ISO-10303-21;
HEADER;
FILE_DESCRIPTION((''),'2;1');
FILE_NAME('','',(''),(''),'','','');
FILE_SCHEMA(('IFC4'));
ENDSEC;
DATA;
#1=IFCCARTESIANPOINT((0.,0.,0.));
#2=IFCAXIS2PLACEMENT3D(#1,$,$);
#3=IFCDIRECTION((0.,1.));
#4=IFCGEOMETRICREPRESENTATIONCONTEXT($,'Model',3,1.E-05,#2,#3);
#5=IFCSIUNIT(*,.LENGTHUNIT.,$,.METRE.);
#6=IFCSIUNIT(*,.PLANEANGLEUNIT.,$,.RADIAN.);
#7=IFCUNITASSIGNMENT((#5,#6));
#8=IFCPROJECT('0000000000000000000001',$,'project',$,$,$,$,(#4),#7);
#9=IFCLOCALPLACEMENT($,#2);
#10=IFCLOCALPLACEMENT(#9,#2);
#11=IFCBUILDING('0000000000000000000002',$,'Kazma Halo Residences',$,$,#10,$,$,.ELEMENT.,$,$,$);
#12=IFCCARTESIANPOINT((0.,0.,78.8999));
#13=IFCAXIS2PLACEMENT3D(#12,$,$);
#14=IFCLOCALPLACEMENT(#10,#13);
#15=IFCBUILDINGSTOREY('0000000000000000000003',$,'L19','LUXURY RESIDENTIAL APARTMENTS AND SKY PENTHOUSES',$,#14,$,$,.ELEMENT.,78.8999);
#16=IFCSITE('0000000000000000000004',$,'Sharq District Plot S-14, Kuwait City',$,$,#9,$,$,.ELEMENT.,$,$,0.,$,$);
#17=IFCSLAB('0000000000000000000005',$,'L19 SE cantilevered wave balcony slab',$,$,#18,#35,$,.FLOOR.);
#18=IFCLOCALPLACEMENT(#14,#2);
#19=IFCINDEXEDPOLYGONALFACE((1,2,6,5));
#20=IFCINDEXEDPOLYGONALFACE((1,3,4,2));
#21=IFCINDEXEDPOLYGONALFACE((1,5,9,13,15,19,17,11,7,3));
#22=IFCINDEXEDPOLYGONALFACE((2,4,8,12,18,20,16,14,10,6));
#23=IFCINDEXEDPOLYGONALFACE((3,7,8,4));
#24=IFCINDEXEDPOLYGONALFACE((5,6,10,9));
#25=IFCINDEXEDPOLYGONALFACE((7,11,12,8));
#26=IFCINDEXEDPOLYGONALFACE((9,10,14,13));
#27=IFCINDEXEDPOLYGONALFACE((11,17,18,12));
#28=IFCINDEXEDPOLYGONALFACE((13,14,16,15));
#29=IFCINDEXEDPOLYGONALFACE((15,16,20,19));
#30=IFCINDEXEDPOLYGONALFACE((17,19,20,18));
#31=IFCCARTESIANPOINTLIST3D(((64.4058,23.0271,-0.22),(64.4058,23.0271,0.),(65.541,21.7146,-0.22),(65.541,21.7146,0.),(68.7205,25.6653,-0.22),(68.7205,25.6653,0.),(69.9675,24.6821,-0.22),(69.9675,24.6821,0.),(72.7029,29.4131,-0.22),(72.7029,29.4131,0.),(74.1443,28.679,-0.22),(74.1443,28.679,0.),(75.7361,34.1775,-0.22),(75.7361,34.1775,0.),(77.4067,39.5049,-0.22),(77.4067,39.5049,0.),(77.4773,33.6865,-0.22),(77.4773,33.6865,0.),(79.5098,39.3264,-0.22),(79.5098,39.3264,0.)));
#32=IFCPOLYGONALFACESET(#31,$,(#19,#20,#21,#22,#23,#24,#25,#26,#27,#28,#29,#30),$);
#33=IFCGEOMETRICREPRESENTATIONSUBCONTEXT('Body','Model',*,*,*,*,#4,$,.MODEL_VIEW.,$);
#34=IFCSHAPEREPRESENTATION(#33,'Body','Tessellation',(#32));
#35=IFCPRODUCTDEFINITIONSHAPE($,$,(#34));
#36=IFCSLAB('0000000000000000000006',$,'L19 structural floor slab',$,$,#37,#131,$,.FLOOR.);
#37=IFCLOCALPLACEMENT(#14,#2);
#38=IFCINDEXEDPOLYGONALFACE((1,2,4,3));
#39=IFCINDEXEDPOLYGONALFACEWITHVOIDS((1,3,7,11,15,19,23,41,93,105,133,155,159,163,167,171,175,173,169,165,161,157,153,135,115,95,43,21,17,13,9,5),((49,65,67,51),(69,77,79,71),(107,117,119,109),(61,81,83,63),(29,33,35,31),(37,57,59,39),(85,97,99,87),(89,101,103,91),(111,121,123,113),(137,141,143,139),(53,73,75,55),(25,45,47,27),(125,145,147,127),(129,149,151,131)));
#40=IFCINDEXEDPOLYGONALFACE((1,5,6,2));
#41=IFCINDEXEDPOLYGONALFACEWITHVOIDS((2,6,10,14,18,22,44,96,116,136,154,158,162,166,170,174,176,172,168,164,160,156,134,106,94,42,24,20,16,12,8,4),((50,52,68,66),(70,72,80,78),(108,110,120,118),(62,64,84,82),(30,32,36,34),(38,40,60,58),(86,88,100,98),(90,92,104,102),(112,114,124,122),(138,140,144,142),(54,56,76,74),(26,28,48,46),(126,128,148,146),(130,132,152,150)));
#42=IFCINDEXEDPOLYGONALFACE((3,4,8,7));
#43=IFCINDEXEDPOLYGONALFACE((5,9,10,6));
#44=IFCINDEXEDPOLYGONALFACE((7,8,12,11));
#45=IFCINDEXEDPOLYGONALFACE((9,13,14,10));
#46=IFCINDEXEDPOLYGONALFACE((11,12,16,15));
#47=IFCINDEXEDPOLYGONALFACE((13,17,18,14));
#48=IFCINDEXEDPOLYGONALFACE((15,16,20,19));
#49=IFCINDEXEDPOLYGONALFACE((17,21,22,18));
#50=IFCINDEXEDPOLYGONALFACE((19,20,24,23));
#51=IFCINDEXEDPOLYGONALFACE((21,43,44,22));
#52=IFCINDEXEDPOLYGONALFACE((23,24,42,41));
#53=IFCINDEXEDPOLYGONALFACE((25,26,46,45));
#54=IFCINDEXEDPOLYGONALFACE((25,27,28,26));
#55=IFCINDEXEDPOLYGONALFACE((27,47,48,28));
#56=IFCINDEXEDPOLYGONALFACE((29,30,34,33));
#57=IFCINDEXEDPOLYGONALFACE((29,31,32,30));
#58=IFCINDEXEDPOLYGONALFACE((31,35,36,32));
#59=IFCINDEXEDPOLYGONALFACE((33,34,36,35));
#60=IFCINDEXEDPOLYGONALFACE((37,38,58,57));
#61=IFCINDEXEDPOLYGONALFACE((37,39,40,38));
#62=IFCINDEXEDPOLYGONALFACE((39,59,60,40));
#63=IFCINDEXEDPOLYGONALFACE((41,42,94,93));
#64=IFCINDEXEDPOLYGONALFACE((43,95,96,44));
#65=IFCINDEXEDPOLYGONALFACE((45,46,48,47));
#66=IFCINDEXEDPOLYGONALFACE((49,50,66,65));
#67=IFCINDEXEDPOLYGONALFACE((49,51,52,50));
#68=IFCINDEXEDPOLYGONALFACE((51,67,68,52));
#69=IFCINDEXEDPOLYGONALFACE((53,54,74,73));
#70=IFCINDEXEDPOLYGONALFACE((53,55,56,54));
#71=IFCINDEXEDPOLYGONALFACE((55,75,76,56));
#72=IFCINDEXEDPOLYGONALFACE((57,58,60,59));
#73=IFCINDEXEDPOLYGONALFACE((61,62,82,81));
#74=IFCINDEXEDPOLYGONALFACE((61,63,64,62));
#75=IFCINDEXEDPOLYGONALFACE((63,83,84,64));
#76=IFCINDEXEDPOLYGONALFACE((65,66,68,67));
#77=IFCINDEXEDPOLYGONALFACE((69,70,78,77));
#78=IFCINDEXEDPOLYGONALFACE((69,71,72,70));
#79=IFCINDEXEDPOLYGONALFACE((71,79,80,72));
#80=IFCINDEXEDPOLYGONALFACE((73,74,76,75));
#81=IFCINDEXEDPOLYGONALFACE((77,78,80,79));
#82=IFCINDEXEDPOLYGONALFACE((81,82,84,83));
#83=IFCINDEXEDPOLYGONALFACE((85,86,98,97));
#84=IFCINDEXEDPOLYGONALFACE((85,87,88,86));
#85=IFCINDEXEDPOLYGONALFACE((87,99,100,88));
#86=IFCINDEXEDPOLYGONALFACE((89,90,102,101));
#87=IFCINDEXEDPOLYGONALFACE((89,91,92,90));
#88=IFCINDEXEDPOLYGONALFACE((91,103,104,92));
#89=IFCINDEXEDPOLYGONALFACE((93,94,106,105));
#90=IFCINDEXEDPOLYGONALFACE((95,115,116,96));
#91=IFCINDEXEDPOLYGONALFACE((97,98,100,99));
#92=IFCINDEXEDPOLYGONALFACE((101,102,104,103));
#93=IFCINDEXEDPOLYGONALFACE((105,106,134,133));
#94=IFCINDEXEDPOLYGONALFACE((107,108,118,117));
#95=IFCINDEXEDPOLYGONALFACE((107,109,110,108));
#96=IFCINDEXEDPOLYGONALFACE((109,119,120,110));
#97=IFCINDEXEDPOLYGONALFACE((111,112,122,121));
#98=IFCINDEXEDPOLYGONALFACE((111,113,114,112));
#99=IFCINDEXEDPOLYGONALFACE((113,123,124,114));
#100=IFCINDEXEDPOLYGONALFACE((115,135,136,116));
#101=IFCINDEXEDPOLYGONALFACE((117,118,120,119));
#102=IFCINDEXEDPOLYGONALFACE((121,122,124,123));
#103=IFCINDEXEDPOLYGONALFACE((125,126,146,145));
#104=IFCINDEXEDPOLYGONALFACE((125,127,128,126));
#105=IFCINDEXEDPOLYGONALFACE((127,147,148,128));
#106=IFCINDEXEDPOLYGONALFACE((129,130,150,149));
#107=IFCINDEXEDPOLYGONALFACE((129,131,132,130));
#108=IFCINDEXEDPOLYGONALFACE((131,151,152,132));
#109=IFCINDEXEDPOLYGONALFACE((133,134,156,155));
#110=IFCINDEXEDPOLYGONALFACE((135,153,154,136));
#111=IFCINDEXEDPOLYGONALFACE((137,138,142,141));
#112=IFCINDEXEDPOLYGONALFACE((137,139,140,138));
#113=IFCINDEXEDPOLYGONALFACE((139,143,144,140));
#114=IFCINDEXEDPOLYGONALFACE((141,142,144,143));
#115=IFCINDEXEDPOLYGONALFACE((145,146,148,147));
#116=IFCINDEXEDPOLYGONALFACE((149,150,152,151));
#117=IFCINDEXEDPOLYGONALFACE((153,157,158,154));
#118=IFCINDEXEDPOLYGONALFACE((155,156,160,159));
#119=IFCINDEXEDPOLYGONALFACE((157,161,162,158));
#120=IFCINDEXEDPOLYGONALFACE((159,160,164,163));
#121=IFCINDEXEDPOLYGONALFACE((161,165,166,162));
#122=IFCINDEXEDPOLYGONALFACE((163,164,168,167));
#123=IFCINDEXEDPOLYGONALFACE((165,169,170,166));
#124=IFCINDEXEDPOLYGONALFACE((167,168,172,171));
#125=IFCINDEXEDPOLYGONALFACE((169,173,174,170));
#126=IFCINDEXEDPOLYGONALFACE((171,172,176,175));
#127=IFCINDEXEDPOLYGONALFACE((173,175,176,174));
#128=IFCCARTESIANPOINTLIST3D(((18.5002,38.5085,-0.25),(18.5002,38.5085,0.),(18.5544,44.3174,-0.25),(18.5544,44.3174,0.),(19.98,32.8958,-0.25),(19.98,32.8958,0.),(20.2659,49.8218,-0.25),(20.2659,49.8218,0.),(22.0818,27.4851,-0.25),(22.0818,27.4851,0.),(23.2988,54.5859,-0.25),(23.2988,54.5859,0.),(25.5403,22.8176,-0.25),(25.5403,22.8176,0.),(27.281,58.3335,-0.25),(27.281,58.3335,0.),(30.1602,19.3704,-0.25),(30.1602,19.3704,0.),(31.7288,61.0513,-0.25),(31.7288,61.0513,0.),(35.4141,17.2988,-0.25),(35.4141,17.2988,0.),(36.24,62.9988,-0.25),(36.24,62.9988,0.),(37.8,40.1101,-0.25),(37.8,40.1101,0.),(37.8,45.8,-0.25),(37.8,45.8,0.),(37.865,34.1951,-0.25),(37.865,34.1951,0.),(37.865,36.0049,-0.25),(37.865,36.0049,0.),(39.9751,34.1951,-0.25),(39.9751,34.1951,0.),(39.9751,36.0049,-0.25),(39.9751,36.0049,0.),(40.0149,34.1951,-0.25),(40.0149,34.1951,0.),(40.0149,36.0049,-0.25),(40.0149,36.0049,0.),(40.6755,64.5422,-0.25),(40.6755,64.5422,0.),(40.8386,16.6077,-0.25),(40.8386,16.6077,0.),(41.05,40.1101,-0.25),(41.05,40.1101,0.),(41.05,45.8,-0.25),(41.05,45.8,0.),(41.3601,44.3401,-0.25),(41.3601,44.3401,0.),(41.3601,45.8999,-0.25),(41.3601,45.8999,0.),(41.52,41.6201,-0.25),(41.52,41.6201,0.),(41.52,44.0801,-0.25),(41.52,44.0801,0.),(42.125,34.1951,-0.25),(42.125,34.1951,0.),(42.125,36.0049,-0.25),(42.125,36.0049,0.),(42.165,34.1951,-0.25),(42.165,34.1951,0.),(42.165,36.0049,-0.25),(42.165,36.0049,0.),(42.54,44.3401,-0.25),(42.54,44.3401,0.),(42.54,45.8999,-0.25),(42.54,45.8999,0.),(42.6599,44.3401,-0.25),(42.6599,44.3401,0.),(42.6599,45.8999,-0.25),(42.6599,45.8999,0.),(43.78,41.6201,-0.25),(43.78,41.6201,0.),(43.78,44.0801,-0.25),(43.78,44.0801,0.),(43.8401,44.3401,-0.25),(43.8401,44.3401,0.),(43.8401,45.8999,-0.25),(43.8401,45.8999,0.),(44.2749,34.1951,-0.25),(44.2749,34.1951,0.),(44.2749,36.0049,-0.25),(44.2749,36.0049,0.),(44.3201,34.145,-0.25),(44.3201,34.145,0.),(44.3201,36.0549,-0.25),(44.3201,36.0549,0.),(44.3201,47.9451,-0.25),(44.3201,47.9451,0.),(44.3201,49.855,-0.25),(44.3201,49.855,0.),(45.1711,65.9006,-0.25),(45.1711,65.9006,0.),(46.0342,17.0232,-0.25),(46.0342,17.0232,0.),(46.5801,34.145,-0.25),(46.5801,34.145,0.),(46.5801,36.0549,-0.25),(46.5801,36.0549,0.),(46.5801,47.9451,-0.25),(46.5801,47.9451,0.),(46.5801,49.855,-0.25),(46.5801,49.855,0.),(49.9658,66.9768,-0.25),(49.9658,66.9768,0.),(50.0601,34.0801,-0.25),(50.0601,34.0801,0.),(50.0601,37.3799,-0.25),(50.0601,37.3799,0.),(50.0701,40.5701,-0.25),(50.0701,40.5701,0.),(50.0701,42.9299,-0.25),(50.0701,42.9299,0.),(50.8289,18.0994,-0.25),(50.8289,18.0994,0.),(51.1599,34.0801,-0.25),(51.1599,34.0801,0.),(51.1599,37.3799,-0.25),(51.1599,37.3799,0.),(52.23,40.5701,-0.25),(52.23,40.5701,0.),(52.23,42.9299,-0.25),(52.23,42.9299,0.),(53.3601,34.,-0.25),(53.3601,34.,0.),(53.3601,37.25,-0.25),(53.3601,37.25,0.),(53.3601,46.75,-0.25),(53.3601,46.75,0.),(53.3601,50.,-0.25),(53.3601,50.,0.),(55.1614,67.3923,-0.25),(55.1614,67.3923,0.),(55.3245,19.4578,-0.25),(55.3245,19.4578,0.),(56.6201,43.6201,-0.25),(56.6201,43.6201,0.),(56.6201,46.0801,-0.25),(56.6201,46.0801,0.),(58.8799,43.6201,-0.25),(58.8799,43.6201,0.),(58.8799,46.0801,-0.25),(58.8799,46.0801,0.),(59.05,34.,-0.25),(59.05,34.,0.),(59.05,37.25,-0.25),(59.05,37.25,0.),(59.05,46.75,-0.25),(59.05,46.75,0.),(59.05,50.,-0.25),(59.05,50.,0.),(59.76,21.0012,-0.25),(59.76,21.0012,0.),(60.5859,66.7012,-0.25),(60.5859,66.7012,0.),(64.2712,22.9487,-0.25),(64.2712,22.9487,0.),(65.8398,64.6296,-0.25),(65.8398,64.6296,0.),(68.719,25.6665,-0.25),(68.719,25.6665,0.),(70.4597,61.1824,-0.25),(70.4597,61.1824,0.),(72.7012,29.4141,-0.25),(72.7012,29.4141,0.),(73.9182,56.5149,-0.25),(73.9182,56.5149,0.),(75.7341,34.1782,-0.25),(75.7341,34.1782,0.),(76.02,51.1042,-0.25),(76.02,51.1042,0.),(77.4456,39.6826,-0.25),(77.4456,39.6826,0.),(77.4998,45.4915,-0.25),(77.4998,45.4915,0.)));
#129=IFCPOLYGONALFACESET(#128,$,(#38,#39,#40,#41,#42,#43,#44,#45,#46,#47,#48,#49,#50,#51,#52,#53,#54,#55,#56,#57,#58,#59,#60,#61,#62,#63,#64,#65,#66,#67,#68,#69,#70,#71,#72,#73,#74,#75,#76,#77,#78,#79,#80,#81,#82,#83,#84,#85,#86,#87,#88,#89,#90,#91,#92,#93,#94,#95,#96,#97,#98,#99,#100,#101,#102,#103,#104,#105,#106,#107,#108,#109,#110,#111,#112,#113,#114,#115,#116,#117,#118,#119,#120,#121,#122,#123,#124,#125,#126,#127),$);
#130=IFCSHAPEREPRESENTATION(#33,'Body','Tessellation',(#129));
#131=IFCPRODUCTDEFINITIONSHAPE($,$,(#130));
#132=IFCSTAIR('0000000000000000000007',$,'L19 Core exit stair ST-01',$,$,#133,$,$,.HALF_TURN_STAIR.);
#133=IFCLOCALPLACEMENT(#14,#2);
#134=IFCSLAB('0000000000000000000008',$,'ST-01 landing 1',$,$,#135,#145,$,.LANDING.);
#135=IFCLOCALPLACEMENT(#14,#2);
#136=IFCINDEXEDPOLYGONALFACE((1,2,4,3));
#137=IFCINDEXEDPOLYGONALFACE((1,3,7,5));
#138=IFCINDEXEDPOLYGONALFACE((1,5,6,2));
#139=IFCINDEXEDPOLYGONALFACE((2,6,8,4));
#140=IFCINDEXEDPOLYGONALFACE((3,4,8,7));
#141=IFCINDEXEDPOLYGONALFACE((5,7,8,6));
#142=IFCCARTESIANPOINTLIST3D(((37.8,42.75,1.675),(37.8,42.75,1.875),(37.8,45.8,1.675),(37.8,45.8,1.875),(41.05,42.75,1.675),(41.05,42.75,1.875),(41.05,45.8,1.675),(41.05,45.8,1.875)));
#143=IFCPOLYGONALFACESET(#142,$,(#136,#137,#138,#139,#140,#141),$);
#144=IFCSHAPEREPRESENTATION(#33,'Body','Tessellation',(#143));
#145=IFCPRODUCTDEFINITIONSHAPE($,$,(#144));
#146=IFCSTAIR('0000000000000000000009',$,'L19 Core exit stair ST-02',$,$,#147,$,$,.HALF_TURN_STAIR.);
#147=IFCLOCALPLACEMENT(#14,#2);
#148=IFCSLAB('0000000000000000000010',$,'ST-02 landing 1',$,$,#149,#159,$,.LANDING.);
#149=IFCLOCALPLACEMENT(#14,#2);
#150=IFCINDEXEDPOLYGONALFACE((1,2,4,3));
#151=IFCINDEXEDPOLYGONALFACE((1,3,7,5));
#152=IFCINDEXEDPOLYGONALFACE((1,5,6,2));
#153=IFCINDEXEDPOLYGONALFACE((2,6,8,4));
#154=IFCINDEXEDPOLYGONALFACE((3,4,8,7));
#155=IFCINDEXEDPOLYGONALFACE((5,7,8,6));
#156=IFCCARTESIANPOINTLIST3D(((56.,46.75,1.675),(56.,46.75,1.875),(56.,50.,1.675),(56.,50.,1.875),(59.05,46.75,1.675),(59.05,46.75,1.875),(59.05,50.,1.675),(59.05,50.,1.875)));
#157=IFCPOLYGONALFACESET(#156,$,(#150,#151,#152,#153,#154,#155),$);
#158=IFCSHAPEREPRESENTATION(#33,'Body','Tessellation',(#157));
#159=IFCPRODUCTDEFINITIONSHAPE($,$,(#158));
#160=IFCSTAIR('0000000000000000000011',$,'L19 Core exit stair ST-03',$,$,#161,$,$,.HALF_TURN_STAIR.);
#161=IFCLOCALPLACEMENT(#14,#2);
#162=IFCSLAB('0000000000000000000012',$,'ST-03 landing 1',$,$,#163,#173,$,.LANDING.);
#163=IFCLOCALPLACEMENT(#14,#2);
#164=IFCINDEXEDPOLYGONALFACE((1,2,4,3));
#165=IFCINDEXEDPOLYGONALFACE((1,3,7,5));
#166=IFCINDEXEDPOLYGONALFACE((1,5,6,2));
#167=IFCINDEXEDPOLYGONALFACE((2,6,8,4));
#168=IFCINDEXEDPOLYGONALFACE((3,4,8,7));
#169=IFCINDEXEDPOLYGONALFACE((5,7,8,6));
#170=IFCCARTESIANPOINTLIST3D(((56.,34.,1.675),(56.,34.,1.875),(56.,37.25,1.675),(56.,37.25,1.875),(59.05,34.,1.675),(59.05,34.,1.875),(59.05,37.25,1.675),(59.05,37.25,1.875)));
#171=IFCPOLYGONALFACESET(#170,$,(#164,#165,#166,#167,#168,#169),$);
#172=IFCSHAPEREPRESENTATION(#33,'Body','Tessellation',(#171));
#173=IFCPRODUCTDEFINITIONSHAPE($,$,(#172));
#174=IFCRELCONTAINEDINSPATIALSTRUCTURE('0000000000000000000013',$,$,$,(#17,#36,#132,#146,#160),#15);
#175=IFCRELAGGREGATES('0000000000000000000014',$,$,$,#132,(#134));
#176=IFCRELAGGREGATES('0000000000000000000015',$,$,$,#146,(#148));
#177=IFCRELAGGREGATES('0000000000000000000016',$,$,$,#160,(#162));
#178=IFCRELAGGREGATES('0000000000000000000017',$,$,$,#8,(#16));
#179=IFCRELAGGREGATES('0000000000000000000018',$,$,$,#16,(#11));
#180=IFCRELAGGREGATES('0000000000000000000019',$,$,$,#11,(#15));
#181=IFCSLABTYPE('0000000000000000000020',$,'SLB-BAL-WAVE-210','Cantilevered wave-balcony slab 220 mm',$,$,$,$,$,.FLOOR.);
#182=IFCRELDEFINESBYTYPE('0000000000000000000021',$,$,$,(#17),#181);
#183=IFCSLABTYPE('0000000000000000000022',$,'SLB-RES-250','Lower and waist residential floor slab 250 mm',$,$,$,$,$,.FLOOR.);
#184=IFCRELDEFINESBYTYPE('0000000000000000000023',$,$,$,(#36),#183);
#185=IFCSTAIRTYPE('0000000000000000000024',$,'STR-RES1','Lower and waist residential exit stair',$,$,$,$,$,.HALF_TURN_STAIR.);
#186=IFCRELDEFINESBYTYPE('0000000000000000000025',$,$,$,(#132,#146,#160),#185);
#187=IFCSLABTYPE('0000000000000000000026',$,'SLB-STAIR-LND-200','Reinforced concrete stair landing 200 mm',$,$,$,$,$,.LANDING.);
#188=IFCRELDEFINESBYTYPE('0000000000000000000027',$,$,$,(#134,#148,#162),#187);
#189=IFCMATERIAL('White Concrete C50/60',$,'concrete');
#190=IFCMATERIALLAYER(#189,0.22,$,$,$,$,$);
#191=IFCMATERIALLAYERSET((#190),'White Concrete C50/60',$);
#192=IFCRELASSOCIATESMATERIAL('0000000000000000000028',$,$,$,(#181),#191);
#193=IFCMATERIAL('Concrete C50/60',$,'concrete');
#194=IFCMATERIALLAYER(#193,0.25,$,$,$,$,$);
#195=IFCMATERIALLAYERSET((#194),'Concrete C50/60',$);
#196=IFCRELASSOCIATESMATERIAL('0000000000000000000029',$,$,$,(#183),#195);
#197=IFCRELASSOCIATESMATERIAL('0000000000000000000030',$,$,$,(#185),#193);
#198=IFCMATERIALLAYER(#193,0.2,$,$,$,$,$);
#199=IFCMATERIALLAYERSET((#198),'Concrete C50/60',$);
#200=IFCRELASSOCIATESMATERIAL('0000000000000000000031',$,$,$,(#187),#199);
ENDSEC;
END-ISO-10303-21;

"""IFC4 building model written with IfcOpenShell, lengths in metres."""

from ifc_helpers import new_model, si_unit, direction, frame, origin, place, context, subcontext, project, spatial, polyline, outline, extrude, material, layer, layer_set, type_object, element, aggregate, save


model = new_model("IFC4")

# Units and contexts
model_context = context("Model", 3, precision=1e-05, world=origin(), true_north=direction((0.0, 1.0)))
body_context = subcontext(model_context, "Body", "Model", "MODEL_VIEW")
ifc_project = project(units=[si_unit("LENGTHUNIT", "METRE"), si_unit("PLANEANGLEUNIT", "RADIAN")], contexts=[model_context])

# Site, building, storey
site_placement = place(None, origin())
site = spatial("IfcSite", under=ifc_project, at=site_placement, Name="Sharq District Plot S-14, Kuwait City", CompositionType="ELEMENT", RefElevation=0.0)
building_placement = place(site_placement, origin())
building = spatial("IfcBuilding", under=site, at=building_placement, Name="Kazma Halo Residences", CompositionType="ELEMENT")
storey_placement = place(building_placement, frame((0.0, 0.0, 78.8999)))
storey = spatial("IfcBuildingStorey", under=building, at=storey_placement, Name="L19", Description="LUXURY RESIDENTIAL APARTMENTS AND SKY PENTHOUSES", CompositionType="ELEMENT", Elevation=78.8999)

# Slabs
ifc_material_1 = material(Name="White Concrete C50/60", Category="concrete")
ifc_layer_1 = layer(ifc_material_1, 0.22)
ifc_layer_set_1 = layer_set([ifc_layer_1], Name="White Concrete C50/60")
slab_type_1 = type_object("IfcSlabType", Name="SLB-BAL-WAVE-210", Description="Cantilevered wave-balcony slab 220 mm", PredefinedType="FLOOR", material=ifc_layer_set_1)
slab_1_placement = place(storey_placement, frame((0.0, 0.0, -0.22)))
element("IfcSlab", 1, at=slab_1_placement, inside=storey, type_object=slab_type_1, Name="L19 SE cantilevered wave balcony slab", PredefinedType="FLOOR", context=body_context, shape_type="SweptSolid", body=[
    extrude(outline(polyline([(64.4058, 23.0271), (68.7205, 25.6653), (72.7029, 29.4131), (75.7361, 34.1775), (77.4067, 39.5049), (79.5098, 39.3264), (77.4773, 33.6865), (74.1443, 28.679), (69.9675, 24.6821), (65.541, 21.7146), (64.4058, 23.0271)])), origin(), (0.0, 0.0, 1.0), 0.22),
])
ifc_material_2 = material(Name="Concrete C50/60", Category="concrete")
ifc_layer_2 = layer(ifc_material_2, 0.25)
ifc_layer_set_2 = layer_set([ifc_layer_2], Name="Concrete C50/60")
slab_type_2 = type_object("IfcSlabType", Name="SLB-RES-250", Description="Lower and waist residential floor slab 250 mm", PredefinedType="FLOOR", material=ifc_layer_set_2)
slab_2_placement = place(storey_placement, frame((0.0, 0.0, -0.25)))
element("IfcSlab", 2, at=slab_2_placement, inside=storey, type_object=slab_type_2, Name="L19 structural floor slab", PredefinedType="FLOOR", context=body_context, shape_type="SweptSolid", body=[
    extrude(outline(polyline([(76.02, 51.1042), (73.9182, 56.5149), (70.4597, 61.1824), (65.8398, 64.6296), (60.5859, 66.7012), (55.1614, 67.3923), (49.9658, 66.9768), (45.1711, 65.9006), (40.6755, 64.5422), (36.24, 62.9988), (31.7288, 61.0513), (27.281, 58.3335), (23.2988, 54.5859), (20.2659, 49.8218), (18.5544, 44.3174), (18.5002, 38.5085), (19.98, 32.8958), (22.0818, 27.4851), (25.5403, 22.8176), (30.1602, 19.3704), (35.4141, 17.2988), (40.8386, 16.6077), (46.0342, 17.0232), (50.8289, 18.0994), (55.3245, 19.4578), (59.76, 21.0012), (64.2712, 22.9487), (68.719, 25.6665), (72.7012, 29.4141), (75.7341, 34.1782), (77.4456, 39.6826), (77.4998, 45.4915), (76.02, 51.1042)]), holes=[polyline([(37.8, 40.1101), (41.05, 40.1101), (41.05, 45.8), (37.8, 45.8), (37.8, 40.1101)]), polyline([(53.3601, 46.75), (59.05, 46.75), (59.05, 50.0), (53.3601, 50.0), (53.3601, 46.75)]), polyline([(53.3601, 34.0), (59.05, 34.0), (59.05, 37.25), (53.3601, 37.25), (53.3601, 34.0)]), polyline([(41.52, 41.6201), (43.78, 41.6201), (43.78, 44.0801), (41.52, 44.0801), (41.52, 41.6201)]), polyline([(56.6201, 43.6201), (58.8799, 43.6201), (58.8799, 46.0801), (56.6201, 46.0801), (56.6201, 43.6201)]), polyline([(37.865, 34.1951), (39.9751, 34.1951), (39.9751, 36.0049), (37.865, 36.0049), (37.865, 34.1951)]), polyline([(40.0149, 34.1951), (42.125, 34.1951), (42.125, 36.0049), (40.0149, 36.0049), (40.0149, 34.1951)]), polyline([(42.165, 34.1951), (44.2749, 34.1951), (44.2749, 36.0049), (42.165, 36.0049), (42.165, 34.1951)]), polyline([(44.3201, 47.9451), (46.5801, 47.9451), (46.5801, 49.855), (44.3201, 49.855), (44.3201, 47.9451)]), polyline([(44.3201, 34.145), (46.5801, 34.145), (46.5801, 36.0549), (44.3201, 36.0549), (44.3201, 34.145)]), polyline([(50.0701, 40.5701), (52.23, 40.5701), (52.23, 42.9299), (50.0701, 42.9299), (50.0701, 40.5701)]), polyline([(41.3601, 44.3401), (42.54, 44.3401), (42.54, 45.8999), (41.3601, 45.8999), (41.3601, 44.3401)]), polyline([(42.6599, 44.3401), (43.8401, 44.3401), (43.8401, 45.8999), (42.6599, 45.8999), (42.6599, 44.3401)]), polyline([(50.0601, 34.0801), (51.1599, 34.0801), (51.1599, 37.3799), (50.0601, 37.3799), (50.0601, 34.0801)])]), origin(), (0.0, 0.0, 1.0), 0.25),
])

# Stairs, slabs
stair_type = type_object("IfcStairType", Name="STR-RES1", Description="Lower and waist residential exit stair", PredefinedType="HALF_TURN_STAIR", material=ifc_material_2)
stair_1_placement = place(storey_placement, origin())
stair_1 = element("IfcStair", 3, at=stair_1_placement, inside=storey, type_object=stair_type, Name="L19 Core exit stair ST-01", PredefinedType="HALF_TURN_STAIR")
ifc_layer_3 = layer(ifc_material_2, 0.2)
ifc_layer_set_3 = layer_set([ifc_layer_3], Name="Concrete C50/60")
slab_type_3 = type_object("IfcSlabType", Name="SLB-STAIR-LND-200", Description="Reinforced concrete stair landing 200 mm", PredefinedType="LANDING", material=ifc_layer_set_3)
slab_3_placement = place(storey_placement, frame((0.0, 0.0, 1.675)))
slab_3 = element("IfcSlab", 4, at=slab_3_placement, type_object=slab_type_3, Name="ST-01 landing 1", PredefinedType="LANDING", context=body_context, shape_type="SweptSolid", body=[
    extrude(outline(polyline([(41.05, 42.75), (41.05, 45.8), (37.8, 45.8), (37.8, 42.75), (41.05, 42.75)])), origin(), (0.0, 0.0, 1.0), 0.2),
])
aggregate(stair_1, [slab_3])
stair_2_placement = place(storey_placement, origin())
stair_2 = element("IfcStair", 5, at=stair_2_placement, inside=storey, type_object=stair_type, Name="L19 Core exit stair ST-02", PredefinedType="HALF_TURN_STAIR")
slab_4_placement = place(storey_placement, frame((0.0, 0.0, 1.675)))
slab_4 = element("IfcSlab", 6, at=slab_4_placement, type_object=slab_type_3, Name="ST-02 landing 1", PredefinedType="LANDING", context=body_context, shape_type="SweptSolid", body=[
    extrude(outline(polyline([(56.0, 46.75), (59.05, 46.75), (59.05, 50.0), (56.0, 50.0), (56.0, 46.75)])), origin(), (0.0, 0.0, 1.0), 0.2),
])
aggregate(stair_2, [slab_4])
stair_3_placement = place(storey_placement, origin())
stair_3 = element("IfcStair", 7, at=stair_3_placement, inside=storey, type_object=stair_type, Name="L19 Core exit stair ST-03", PredefinedType="HALF_TURN_STAIR")
slab_5_placement = place(storey_placement, frame((0.0, 0.0, 1.675)))
slab_5 = element("IfcSlab", 8, at=slab_5_placement, type_object=slab_type_3, Name="ST-03 landing 1", PredefinedType="LANDING", context=body_context, shape_type="SweptSolid", body=[
    extrude(outline(polyline([(56.0, 34.0), (59.05, 34.0), (59.05, 37.25), (56.0, 37.25), (56.0, 34.0)])), origin(), (0.0, 0.0, 1.0), 0.2),
])
aggregate(stair_3, [slab_5])

save(model, "model.ifc")
